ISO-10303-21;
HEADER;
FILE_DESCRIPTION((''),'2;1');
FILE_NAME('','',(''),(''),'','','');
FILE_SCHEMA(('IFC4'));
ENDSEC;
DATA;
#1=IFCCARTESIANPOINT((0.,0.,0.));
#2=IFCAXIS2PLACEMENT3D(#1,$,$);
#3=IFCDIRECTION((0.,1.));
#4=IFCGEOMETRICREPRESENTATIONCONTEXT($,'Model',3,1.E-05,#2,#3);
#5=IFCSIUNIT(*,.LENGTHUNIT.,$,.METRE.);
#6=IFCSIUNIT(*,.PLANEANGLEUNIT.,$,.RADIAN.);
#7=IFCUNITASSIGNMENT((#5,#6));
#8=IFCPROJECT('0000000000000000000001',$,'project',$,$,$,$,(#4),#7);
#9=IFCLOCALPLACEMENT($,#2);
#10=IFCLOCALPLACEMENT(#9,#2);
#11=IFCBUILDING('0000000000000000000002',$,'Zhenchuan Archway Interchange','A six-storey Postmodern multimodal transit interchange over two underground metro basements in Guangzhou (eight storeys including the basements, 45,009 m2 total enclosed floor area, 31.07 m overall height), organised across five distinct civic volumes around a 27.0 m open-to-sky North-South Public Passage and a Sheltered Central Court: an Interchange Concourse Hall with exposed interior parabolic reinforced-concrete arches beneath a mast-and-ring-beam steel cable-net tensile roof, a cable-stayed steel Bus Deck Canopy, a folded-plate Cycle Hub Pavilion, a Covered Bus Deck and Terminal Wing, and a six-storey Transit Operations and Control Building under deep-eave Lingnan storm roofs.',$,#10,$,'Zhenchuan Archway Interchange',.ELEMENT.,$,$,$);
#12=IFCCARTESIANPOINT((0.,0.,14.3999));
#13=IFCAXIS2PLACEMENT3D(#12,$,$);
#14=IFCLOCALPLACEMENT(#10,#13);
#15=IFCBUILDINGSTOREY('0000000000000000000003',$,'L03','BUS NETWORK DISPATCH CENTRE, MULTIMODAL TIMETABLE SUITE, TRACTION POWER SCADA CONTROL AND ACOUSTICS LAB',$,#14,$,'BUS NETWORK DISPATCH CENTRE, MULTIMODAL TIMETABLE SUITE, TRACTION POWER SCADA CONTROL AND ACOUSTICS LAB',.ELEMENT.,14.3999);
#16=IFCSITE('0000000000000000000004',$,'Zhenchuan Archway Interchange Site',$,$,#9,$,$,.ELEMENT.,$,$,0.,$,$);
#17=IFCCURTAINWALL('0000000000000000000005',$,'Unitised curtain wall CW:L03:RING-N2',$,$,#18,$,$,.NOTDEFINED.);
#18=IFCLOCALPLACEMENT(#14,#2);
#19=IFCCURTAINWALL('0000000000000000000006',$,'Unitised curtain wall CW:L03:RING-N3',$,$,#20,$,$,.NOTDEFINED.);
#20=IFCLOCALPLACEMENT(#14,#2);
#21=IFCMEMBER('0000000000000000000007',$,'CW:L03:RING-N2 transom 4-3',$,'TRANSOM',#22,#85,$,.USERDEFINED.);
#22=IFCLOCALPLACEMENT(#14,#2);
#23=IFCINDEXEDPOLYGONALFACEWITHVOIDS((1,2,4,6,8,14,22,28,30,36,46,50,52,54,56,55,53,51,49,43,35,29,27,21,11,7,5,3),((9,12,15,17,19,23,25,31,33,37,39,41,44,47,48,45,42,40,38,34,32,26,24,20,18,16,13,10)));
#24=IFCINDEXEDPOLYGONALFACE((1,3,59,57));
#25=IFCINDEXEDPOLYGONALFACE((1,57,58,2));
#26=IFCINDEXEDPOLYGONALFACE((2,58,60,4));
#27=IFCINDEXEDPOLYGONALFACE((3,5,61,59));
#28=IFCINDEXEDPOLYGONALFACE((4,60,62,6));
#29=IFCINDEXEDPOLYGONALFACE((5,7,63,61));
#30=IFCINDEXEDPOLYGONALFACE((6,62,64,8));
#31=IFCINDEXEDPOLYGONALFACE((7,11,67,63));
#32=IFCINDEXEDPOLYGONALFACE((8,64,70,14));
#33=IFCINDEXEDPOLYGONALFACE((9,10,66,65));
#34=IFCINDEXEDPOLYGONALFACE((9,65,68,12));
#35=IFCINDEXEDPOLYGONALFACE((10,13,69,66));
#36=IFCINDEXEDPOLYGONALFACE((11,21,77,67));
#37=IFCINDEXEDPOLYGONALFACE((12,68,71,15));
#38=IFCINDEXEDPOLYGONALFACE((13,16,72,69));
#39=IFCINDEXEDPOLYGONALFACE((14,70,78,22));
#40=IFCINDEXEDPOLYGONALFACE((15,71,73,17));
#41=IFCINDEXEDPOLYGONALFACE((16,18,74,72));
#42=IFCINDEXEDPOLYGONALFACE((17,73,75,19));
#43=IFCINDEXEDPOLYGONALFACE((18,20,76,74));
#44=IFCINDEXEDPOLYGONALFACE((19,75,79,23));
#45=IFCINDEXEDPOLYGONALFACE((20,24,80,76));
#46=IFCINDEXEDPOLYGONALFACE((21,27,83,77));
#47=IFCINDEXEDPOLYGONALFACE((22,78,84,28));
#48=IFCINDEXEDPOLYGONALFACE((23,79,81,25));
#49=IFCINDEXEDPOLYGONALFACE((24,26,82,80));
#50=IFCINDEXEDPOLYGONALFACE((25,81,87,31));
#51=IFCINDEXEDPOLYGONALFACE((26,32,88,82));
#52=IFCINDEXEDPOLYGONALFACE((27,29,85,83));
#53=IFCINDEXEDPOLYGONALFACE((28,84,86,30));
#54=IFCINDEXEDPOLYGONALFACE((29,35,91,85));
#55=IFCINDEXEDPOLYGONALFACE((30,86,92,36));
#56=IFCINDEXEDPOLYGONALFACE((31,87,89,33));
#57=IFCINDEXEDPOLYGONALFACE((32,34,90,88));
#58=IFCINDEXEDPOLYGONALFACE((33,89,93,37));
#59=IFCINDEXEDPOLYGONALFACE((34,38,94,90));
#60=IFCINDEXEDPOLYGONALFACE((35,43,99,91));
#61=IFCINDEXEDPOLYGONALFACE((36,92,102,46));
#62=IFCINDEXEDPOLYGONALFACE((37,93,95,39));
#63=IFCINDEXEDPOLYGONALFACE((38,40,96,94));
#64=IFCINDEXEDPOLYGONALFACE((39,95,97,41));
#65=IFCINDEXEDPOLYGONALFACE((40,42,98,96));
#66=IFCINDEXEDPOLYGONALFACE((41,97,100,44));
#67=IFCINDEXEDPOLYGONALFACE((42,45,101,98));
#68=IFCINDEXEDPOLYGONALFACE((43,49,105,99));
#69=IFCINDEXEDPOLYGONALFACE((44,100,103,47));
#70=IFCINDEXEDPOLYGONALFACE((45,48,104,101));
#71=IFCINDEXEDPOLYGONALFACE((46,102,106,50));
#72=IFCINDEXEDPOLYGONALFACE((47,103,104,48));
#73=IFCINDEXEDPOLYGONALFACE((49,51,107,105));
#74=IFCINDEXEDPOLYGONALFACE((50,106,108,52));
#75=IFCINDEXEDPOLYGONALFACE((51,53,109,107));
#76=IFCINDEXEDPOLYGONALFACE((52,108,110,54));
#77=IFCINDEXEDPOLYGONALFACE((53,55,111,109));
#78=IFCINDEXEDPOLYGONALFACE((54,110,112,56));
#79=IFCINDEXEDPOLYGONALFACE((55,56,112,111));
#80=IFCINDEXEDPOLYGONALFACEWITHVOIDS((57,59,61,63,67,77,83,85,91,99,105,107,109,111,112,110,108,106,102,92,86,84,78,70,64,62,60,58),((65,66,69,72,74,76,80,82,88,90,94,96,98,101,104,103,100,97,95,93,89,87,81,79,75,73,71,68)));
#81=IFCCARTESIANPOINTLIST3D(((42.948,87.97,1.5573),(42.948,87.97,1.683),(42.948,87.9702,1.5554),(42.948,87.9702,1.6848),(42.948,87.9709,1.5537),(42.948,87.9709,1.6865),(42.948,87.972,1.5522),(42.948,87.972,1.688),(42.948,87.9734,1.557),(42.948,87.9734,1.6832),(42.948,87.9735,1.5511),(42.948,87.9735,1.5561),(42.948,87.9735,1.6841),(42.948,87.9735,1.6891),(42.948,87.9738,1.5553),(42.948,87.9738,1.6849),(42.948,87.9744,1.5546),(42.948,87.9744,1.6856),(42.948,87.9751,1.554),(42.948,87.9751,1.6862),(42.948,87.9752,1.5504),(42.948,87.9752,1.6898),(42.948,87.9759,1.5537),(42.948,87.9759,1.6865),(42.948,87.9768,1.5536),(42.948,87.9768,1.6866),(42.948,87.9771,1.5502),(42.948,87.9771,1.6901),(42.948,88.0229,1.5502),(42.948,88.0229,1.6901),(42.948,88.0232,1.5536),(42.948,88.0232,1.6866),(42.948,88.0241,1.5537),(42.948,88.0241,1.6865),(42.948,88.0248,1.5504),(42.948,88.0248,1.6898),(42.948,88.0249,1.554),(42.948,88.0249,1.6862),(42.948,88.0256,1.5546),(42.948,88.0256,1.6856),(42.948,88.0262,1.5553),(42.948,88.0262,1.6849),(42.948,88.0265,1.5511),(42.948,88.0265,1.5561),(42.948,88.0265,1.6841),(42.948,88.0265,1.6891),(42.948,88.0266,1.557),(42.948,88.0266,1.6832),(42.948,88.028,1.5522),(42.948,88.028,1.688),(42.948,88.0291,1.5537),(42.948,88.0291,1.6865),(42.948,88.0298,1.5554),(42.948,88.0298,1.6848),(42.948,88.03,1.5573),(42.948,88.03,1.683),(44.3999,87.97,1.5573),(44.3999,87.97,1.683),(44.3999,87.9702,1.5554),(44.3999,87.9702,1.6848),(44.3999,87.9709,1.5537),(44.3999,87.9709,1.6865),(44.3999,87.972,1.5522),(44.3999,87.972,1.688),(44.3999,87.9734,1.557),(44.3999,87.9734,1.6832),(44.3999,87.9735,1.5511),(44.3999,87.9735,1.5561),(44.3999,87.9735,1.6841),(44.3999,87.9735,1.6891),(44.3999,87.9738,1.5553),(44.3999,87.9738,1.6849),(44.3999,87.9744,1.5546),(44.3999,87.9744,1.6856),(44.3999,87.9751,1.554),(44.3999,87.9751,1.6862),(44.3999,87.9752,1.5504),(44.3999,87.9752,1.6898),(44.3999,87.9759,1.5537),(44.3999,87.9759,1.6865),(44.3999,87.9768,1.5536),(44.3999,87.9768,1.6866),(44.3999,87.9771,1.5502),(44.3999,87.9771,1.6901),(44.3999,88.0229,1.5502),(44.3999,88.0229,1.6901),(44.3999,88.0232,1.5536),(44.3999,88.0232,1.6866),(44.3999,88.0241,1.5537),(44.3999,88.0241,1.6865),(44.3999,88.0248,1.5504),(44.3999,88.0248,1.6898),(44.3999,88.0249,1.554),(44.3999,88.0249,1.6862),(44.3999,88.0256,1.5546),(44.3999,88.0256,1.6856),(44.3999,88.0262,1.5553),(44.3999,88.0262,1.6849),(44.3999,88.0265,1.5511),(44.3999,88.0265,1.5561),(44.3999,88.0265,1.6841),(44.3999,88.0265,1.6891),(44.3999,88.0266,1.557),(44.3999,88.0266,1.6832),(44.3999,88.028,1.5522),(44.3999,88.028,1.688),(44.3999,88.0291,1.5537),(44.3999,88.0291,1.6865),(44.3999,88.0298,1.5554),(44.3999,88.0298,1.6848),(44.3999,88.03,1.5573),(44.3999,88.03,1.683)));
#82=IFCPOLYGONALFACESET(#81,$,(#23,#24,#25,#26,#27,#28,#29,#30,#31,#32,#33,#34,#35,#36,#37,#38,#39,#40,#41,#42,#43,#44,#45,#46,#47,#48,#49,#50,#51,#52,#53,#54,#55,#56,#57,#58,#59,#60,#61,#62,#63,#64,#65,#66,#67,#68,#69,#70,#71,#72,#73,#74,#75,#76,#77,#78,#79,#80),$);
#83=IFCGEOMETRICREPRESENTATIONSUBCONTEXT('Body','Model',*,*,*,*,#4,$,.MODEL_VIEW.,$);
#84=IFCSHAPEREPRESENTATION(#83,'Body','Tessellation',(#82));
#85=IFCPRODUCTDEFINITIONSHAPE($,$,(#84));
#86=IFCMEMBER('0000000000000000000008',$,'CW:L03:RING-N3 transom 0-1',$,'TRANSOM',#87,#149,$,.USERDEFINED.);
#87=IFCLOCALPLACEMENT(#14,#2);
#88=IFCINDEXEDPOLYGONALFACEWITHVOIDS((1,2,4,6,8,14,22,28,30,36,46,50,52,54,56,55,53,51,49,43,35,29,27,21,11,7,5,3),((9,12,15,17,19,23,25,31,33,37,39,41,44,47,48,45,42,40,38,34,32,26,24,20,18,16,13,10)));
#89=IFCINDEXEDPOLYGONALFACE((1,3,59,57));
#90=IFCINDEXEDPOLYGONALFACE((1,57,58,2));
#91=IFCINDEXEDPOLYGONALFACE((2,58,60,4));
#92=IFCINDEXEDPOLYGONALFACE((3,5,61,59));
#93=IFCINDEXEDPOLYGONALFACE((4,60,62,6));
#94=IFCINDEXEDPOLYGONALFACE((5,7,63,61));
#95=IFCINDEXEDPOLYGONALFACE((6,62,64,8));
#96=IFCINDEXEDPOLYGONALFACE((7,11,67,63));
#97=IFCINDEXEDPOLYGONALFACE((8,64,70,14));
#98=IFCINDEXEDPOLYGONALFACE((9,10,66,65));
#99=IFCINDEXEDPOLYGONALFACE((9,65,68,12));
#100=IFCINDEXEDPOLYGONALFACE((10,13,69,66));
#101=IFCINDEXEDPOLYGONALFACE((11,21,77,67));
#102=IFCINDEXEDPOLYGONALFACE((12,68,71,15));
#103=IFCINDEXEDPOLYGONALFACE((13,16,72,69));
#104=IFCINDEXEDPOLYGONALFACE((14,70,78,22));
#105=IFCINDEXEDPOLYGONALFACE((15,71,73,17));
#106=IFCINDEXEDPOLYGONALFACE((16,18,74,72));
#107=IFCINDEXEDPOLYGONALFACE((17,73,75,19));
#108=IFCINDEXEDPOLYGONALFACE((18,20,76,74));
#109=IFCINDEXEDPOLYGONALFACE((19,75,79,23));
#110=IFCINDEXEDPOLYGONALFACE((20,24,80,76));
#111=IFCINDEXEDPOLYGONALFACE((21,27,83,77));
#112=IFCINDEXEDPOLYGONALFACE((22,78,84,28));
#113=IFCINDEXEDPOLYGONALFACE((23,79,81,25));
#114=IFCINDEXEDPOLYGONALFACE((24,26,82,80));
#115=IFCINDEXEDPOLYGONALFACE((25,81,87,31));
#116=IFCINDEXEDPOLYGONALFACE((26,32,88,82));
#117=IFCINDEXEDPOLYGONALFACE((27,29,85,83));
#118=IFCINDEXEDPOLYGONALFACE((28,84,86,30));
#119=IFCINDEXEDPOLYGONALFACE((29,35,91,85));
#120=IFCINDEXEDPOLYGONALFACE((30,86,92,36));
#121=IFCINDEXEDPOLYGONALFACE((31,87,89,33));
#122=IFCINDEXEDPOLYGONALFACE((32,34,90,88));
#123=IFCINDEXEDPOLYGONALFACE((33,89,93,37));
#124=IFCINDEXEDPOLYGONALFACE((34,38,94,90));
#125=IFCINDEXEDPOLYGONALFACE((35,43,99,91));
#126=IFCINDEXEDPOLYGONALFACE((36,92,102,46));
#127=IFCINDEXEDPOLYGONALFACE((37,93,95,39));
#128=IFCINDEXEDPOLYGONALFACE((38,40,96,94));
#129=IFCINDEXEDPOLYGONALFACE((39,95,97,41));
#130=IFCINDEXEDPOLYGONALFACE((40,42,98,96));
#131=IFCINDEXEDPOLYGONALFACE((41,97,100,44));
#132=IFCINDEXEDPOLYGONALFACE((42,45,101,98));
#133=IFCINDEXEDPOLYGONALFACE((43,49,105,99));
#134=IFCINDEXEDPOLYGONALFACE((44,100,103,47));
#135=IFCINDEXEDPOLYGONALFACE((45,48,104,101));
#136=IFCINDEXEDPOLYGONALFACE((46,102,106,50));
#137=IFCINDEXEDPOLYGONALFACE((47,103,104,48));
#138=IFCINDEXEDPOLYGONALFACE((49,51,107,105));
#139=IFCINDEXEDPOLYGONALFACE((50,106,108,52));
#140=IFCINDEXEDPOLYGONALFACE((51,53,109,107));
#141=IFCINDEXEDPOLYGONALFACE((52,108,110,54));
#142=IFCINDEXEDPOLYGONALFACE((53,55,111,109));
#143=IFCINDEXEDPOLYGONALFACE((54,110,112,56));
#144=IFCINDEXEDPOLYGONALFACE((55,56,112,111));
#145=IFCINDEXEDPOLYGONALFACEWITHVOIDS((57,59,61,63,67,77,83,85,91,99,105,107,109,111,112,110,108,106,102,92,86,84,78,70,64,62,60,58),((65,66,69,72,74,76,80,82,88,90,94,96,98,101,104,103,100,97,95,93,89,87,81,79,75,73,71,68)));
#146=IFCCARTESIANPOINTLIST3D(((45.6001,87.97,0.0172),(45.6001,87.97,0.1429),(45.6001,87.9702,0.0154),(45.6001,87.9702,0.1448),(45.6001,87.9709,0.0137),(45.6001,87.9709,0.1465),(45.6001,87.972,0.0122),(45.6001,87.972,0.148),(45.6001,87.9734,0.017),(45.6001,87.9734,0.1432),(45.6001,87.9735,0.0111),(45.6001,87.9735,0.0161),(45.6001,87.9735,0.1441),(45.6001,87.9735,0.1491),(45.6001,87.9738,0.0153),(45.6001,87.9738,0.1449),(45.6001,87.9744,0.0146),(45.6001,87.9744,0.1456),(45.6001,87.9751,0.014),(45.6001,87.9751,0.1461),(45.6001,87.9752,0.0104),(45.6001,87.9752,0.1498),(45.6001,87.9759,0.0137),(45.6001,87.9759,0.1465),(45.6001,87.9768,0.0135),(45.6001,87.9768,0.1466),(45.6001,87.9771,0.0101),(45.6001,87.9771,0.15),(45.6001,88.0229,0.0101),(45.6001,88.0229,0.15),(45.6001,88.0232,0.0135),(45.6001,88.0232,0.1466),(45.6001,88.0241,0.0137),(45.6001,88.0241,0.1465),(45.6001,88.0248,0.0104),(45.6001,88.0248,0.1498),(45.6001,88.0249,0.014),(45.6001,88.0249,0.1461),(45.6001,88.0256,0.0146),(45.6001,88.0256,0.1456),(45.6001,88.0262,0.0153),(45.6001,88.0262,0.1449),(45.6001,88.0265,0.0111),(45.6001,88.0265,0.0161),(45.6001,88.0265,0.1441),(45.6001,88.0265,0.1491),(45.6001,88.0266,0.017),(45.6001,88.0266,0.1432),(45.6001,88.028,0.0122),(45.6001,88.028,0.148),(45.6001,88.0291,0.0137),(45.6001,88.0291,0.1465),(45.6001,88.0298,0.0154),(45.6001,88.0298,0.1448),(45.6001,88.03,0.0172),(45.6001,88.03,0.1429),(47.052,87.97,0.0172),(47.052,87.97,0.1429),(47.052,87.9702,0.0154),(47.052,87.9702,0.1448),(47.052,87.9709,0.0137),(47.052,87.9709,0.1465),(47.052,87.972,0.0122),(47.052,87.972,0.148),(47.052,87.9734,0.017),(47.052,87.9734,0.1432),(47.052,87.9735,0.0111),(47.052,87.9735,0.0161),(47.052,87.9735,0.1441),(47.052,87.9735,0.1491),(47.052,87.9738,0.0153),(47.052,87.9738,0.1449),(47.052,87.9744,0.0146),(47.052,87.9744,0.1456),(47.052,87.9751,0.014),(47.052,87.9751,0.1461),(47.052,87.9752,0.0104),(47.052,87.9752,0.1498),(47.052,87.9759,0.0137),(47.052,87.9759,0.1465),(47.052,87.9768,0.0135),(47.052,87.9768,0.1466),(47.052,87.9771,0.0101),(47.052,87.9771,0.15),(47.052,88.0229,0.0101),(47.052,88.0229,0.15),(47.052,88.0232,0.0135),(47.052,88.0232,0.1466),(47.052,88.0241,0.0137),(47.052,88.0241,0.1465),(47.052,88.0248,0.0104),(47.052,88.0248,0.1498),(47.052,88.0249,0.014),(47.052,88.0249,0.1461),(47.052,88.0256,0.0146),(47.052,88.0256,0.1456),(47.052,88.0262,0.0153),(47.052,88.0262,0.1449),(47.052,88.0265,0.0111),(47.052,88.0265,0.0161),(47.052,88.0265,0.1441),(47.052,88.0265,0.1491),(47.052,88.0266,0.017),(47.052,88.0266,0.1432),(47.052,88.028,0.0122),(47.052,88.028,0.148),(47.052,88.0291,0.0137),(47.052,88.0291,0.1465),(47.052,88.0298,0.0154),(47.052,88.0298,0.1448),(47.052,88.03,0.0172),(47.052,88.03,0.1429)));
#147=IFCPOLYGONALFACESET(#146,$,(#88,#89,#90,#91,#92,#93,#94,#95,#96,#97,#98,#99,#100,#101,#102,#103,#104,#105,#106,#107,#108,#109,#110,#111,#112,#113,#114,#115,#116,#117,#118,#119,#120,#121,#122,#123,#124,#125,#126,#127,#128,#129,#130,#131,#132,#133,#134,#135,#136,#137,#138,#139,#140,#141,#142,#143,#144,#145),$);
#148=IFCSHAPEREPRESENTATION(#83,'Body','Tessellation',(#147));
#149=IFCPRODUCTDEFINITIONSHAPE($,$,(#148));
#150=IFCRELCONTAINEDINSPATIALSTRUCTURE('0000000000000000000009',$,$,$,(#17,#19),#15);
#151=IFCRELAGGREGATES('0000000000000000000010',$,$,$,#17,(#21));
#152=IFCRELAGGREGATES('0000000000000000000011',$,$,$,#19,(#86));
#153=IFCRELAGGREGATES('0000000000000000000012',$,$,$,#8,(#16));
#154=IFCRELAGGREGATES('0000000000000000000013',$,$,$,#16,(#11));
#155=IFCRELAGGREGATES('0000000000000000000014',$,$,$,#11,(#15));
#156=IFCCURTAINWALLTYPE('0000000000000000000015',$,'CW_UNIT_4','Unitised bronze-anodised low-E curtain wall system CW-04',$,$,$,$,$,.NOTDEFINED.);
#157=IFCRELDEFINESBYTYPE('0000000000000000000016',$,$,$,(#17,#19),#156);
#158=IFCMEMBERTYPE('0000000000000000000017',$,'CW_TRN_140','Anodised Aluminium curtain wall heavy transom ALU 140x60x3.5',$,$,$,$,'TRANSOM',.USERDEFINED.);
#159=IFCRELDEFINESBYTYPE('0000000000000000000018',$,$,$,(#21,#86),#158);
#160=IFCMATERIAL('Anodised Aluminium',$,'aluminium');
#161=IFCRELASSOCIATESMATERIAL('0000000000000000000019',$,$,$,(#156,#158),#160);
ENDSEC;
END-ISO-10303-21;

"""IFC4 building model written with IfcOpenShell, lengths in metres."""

from ifc_helpers import new_model, si_unit, direction, frame, origin, origin_2d, place, context, subcontext, project, spatial, hollow_rectangle, extrude, material, material_profile, profile_set, type_object, element, aggregate, save


model = new_model("IFC4")

# Units and contexts
model_context = context("Model", 3, precision=1e-05, world=origin(), true_north=direction((0.0, 1.0)))
body_context = subcontext(model_context, "Body", "Model", "MODEL_VIEW")
ifc_project = project(units=[si_unit("LENGTHUNIT", "METRE"), si_unit("PLANEANGLEUNIT", "RADIAN")], contexts=[model_context])

# Site, building, storey
site_placement = place(None, origin())
site = spatial("IfcSite", under=ifc_project, at=site_placement, Name="Zhenchuan Archway Interchange Site", CompositionType="ELEMENT", RefElevation=0.0)
building_placement = place(site_placement, origin())
building = spatial("IfcBuilding", under=site, at=building_placement, Name="Zhenchuan Archway Interchange", Description="A six-storey Postmodern multimodal transit interchange over two underground metro basements in Guangzhou (eight storeys including the basements, 45,009 m2 total enclosed floor area, 31.07 m overall height), organised across five distinct civic volumes around a 27.0 m open-to-sky North-South Public Passage and a Sheltered Central Court: an Interchange Concourse Hall with exposed interior parabolic reinforced-concrete arches beneath a mast-and-ring-beam steel cable-net tensile roof, a cable-stayed steel Bus Deck Canopy, a folded-plate Cycle Hub Pavilion, a Covered Bus Deck and Terminal Wing, and a six-storey Transit Operations and Control Building under deep-eave Lingnan storm roofs.", LongName="Zhenchuan Archway Interchange", CompositionType="ELEMENT")
storey_placement = place(building_placement, frame((0.0, 0.0, 14.3999)))
storey = spatial("IfcBuildingStorey", under=building, at=storey_placement, Name="L03", Description="BUS NETWORK DISPATCH CENTRE, MULTIMODAL TIMETABLE SUITE, TRACTION POWER SCADA CONTROL AND ACOUSTICS LAB", LongName="BUS NETWORK DISPATCH CENTRE, MULTIMODAL TIMETABLE SUITE, TRACTION POWER SCADA CONTROL AND ACOUSTICS LAB", CompositionType="ELEMENT", Elevation=14.3999)

# Curtain walls
ifc_material_1 = material(Name="Anodised Aluminium", Category="aluminium")
curtain_wall_type = type_object("IfcCurtainWallType", Name="CW_UNIT_4", Description="Unitised bronze-anodised low-E curtain wall system CW-04", PredefinedType="NOTDEFINED", material=ifc_material_1)
curtain_wall_1_placement = place(storey_placement, origin())
curtain_wall_1 = element("IfcCurtainWall", 1, at=curtain_wall_1_placement, inside=storey, type_object=curtain_wall_type, Name="Unitised curtain wall CW:L03:RING-N2", PredefinedType="NOTDEFINED")
curtain_wall_2_placement = place(storey_placement, origin())
curtain_wall_2 = element("IfcCurtainWall", 2, at=curtain_wall_2_placement, inside=storey, type_object=curtain_wall_type, Name="Unitised curtain wall CW:L03:RING-N3", PredefinedType="NOTDEFINED")

# Members
ifc_material_profile_1 = material_profile(ifc_material_1, hollow_rectangle(XDim=0.0601, YDim=0.1399, WallThickness=0.0034, InnerFilletRadius=0.0034, OuterFilletRadius=0.0071, at=origin_2d()), Name="ALU 140x60x3.5")
ifc_profile_set_1 = profile_set([ifc_material_profile_1], Name="Anodised Aluminium")
member_type_1 = type_object("IfcMemberType", Name="CW_TRN_140", Description="Anodised Aluminium curtain wall heavy transom ALU 140x60x3.5", ElementType="TRANSOM", PredefinedType="USERDEFINED", material=ifc_profile_set_1)
member_1_placement = place(storey_placement, frame((42.948, 88.0, 1.6201), z_axis=(1.0, 0.0, 0.0), x_axis=(0.0, 1.0, 0.0)))
member_1 = element("IfcMember", 3, at=member_1_placement, type_object=member_type_1, Name="CW:L03:RING-N2 transom 4-3", ObjectType="TRANSOM", PredefinedType="USERDEFINED", context=body_context, shape_type="SweptSolid", body=[
    extrude(hollow_rectangle(XDim=0.0601, YDim=0.1399, WallThickness=0.0034, InnerFilletRadius=0.0034, OuterFilletRadius=0.0071, at=origin_2d()), origin(), (0.0, 0.0, 1.0), 1.4519),
])
member_2_placement = place(storey_placement, frame((45.6001, 88.0, 0.0801), z_axis=(1.0, 0.0, 0.0), x_axis=(0.0, 1.0, 0.0)))
member_2 = element("IfcMember", 4, at=member_2_placement, type_object=member_type_1, Name="CW:L03:RING-N3 transom 0-1", ObjectType="TRANSOM", PredefinedType="USERDEFINED", context=body_context, shape_type="SweptSolid", body=[
    extrude(hollow_rectangle(XDim=0.0601, YDim=0.1399, WallThickness=0.0034, InnerFilletRadius=0.0034, OuterFilletRadius=0.0071, at=origin_2d()), origin(), (0.0, 0.0, 1.0), 1.4519),
])

aggregate(curtain_wall_1, [member_1])
aggregate(curtain_wall_2, [member_2])

save(model, "model.ifc")
